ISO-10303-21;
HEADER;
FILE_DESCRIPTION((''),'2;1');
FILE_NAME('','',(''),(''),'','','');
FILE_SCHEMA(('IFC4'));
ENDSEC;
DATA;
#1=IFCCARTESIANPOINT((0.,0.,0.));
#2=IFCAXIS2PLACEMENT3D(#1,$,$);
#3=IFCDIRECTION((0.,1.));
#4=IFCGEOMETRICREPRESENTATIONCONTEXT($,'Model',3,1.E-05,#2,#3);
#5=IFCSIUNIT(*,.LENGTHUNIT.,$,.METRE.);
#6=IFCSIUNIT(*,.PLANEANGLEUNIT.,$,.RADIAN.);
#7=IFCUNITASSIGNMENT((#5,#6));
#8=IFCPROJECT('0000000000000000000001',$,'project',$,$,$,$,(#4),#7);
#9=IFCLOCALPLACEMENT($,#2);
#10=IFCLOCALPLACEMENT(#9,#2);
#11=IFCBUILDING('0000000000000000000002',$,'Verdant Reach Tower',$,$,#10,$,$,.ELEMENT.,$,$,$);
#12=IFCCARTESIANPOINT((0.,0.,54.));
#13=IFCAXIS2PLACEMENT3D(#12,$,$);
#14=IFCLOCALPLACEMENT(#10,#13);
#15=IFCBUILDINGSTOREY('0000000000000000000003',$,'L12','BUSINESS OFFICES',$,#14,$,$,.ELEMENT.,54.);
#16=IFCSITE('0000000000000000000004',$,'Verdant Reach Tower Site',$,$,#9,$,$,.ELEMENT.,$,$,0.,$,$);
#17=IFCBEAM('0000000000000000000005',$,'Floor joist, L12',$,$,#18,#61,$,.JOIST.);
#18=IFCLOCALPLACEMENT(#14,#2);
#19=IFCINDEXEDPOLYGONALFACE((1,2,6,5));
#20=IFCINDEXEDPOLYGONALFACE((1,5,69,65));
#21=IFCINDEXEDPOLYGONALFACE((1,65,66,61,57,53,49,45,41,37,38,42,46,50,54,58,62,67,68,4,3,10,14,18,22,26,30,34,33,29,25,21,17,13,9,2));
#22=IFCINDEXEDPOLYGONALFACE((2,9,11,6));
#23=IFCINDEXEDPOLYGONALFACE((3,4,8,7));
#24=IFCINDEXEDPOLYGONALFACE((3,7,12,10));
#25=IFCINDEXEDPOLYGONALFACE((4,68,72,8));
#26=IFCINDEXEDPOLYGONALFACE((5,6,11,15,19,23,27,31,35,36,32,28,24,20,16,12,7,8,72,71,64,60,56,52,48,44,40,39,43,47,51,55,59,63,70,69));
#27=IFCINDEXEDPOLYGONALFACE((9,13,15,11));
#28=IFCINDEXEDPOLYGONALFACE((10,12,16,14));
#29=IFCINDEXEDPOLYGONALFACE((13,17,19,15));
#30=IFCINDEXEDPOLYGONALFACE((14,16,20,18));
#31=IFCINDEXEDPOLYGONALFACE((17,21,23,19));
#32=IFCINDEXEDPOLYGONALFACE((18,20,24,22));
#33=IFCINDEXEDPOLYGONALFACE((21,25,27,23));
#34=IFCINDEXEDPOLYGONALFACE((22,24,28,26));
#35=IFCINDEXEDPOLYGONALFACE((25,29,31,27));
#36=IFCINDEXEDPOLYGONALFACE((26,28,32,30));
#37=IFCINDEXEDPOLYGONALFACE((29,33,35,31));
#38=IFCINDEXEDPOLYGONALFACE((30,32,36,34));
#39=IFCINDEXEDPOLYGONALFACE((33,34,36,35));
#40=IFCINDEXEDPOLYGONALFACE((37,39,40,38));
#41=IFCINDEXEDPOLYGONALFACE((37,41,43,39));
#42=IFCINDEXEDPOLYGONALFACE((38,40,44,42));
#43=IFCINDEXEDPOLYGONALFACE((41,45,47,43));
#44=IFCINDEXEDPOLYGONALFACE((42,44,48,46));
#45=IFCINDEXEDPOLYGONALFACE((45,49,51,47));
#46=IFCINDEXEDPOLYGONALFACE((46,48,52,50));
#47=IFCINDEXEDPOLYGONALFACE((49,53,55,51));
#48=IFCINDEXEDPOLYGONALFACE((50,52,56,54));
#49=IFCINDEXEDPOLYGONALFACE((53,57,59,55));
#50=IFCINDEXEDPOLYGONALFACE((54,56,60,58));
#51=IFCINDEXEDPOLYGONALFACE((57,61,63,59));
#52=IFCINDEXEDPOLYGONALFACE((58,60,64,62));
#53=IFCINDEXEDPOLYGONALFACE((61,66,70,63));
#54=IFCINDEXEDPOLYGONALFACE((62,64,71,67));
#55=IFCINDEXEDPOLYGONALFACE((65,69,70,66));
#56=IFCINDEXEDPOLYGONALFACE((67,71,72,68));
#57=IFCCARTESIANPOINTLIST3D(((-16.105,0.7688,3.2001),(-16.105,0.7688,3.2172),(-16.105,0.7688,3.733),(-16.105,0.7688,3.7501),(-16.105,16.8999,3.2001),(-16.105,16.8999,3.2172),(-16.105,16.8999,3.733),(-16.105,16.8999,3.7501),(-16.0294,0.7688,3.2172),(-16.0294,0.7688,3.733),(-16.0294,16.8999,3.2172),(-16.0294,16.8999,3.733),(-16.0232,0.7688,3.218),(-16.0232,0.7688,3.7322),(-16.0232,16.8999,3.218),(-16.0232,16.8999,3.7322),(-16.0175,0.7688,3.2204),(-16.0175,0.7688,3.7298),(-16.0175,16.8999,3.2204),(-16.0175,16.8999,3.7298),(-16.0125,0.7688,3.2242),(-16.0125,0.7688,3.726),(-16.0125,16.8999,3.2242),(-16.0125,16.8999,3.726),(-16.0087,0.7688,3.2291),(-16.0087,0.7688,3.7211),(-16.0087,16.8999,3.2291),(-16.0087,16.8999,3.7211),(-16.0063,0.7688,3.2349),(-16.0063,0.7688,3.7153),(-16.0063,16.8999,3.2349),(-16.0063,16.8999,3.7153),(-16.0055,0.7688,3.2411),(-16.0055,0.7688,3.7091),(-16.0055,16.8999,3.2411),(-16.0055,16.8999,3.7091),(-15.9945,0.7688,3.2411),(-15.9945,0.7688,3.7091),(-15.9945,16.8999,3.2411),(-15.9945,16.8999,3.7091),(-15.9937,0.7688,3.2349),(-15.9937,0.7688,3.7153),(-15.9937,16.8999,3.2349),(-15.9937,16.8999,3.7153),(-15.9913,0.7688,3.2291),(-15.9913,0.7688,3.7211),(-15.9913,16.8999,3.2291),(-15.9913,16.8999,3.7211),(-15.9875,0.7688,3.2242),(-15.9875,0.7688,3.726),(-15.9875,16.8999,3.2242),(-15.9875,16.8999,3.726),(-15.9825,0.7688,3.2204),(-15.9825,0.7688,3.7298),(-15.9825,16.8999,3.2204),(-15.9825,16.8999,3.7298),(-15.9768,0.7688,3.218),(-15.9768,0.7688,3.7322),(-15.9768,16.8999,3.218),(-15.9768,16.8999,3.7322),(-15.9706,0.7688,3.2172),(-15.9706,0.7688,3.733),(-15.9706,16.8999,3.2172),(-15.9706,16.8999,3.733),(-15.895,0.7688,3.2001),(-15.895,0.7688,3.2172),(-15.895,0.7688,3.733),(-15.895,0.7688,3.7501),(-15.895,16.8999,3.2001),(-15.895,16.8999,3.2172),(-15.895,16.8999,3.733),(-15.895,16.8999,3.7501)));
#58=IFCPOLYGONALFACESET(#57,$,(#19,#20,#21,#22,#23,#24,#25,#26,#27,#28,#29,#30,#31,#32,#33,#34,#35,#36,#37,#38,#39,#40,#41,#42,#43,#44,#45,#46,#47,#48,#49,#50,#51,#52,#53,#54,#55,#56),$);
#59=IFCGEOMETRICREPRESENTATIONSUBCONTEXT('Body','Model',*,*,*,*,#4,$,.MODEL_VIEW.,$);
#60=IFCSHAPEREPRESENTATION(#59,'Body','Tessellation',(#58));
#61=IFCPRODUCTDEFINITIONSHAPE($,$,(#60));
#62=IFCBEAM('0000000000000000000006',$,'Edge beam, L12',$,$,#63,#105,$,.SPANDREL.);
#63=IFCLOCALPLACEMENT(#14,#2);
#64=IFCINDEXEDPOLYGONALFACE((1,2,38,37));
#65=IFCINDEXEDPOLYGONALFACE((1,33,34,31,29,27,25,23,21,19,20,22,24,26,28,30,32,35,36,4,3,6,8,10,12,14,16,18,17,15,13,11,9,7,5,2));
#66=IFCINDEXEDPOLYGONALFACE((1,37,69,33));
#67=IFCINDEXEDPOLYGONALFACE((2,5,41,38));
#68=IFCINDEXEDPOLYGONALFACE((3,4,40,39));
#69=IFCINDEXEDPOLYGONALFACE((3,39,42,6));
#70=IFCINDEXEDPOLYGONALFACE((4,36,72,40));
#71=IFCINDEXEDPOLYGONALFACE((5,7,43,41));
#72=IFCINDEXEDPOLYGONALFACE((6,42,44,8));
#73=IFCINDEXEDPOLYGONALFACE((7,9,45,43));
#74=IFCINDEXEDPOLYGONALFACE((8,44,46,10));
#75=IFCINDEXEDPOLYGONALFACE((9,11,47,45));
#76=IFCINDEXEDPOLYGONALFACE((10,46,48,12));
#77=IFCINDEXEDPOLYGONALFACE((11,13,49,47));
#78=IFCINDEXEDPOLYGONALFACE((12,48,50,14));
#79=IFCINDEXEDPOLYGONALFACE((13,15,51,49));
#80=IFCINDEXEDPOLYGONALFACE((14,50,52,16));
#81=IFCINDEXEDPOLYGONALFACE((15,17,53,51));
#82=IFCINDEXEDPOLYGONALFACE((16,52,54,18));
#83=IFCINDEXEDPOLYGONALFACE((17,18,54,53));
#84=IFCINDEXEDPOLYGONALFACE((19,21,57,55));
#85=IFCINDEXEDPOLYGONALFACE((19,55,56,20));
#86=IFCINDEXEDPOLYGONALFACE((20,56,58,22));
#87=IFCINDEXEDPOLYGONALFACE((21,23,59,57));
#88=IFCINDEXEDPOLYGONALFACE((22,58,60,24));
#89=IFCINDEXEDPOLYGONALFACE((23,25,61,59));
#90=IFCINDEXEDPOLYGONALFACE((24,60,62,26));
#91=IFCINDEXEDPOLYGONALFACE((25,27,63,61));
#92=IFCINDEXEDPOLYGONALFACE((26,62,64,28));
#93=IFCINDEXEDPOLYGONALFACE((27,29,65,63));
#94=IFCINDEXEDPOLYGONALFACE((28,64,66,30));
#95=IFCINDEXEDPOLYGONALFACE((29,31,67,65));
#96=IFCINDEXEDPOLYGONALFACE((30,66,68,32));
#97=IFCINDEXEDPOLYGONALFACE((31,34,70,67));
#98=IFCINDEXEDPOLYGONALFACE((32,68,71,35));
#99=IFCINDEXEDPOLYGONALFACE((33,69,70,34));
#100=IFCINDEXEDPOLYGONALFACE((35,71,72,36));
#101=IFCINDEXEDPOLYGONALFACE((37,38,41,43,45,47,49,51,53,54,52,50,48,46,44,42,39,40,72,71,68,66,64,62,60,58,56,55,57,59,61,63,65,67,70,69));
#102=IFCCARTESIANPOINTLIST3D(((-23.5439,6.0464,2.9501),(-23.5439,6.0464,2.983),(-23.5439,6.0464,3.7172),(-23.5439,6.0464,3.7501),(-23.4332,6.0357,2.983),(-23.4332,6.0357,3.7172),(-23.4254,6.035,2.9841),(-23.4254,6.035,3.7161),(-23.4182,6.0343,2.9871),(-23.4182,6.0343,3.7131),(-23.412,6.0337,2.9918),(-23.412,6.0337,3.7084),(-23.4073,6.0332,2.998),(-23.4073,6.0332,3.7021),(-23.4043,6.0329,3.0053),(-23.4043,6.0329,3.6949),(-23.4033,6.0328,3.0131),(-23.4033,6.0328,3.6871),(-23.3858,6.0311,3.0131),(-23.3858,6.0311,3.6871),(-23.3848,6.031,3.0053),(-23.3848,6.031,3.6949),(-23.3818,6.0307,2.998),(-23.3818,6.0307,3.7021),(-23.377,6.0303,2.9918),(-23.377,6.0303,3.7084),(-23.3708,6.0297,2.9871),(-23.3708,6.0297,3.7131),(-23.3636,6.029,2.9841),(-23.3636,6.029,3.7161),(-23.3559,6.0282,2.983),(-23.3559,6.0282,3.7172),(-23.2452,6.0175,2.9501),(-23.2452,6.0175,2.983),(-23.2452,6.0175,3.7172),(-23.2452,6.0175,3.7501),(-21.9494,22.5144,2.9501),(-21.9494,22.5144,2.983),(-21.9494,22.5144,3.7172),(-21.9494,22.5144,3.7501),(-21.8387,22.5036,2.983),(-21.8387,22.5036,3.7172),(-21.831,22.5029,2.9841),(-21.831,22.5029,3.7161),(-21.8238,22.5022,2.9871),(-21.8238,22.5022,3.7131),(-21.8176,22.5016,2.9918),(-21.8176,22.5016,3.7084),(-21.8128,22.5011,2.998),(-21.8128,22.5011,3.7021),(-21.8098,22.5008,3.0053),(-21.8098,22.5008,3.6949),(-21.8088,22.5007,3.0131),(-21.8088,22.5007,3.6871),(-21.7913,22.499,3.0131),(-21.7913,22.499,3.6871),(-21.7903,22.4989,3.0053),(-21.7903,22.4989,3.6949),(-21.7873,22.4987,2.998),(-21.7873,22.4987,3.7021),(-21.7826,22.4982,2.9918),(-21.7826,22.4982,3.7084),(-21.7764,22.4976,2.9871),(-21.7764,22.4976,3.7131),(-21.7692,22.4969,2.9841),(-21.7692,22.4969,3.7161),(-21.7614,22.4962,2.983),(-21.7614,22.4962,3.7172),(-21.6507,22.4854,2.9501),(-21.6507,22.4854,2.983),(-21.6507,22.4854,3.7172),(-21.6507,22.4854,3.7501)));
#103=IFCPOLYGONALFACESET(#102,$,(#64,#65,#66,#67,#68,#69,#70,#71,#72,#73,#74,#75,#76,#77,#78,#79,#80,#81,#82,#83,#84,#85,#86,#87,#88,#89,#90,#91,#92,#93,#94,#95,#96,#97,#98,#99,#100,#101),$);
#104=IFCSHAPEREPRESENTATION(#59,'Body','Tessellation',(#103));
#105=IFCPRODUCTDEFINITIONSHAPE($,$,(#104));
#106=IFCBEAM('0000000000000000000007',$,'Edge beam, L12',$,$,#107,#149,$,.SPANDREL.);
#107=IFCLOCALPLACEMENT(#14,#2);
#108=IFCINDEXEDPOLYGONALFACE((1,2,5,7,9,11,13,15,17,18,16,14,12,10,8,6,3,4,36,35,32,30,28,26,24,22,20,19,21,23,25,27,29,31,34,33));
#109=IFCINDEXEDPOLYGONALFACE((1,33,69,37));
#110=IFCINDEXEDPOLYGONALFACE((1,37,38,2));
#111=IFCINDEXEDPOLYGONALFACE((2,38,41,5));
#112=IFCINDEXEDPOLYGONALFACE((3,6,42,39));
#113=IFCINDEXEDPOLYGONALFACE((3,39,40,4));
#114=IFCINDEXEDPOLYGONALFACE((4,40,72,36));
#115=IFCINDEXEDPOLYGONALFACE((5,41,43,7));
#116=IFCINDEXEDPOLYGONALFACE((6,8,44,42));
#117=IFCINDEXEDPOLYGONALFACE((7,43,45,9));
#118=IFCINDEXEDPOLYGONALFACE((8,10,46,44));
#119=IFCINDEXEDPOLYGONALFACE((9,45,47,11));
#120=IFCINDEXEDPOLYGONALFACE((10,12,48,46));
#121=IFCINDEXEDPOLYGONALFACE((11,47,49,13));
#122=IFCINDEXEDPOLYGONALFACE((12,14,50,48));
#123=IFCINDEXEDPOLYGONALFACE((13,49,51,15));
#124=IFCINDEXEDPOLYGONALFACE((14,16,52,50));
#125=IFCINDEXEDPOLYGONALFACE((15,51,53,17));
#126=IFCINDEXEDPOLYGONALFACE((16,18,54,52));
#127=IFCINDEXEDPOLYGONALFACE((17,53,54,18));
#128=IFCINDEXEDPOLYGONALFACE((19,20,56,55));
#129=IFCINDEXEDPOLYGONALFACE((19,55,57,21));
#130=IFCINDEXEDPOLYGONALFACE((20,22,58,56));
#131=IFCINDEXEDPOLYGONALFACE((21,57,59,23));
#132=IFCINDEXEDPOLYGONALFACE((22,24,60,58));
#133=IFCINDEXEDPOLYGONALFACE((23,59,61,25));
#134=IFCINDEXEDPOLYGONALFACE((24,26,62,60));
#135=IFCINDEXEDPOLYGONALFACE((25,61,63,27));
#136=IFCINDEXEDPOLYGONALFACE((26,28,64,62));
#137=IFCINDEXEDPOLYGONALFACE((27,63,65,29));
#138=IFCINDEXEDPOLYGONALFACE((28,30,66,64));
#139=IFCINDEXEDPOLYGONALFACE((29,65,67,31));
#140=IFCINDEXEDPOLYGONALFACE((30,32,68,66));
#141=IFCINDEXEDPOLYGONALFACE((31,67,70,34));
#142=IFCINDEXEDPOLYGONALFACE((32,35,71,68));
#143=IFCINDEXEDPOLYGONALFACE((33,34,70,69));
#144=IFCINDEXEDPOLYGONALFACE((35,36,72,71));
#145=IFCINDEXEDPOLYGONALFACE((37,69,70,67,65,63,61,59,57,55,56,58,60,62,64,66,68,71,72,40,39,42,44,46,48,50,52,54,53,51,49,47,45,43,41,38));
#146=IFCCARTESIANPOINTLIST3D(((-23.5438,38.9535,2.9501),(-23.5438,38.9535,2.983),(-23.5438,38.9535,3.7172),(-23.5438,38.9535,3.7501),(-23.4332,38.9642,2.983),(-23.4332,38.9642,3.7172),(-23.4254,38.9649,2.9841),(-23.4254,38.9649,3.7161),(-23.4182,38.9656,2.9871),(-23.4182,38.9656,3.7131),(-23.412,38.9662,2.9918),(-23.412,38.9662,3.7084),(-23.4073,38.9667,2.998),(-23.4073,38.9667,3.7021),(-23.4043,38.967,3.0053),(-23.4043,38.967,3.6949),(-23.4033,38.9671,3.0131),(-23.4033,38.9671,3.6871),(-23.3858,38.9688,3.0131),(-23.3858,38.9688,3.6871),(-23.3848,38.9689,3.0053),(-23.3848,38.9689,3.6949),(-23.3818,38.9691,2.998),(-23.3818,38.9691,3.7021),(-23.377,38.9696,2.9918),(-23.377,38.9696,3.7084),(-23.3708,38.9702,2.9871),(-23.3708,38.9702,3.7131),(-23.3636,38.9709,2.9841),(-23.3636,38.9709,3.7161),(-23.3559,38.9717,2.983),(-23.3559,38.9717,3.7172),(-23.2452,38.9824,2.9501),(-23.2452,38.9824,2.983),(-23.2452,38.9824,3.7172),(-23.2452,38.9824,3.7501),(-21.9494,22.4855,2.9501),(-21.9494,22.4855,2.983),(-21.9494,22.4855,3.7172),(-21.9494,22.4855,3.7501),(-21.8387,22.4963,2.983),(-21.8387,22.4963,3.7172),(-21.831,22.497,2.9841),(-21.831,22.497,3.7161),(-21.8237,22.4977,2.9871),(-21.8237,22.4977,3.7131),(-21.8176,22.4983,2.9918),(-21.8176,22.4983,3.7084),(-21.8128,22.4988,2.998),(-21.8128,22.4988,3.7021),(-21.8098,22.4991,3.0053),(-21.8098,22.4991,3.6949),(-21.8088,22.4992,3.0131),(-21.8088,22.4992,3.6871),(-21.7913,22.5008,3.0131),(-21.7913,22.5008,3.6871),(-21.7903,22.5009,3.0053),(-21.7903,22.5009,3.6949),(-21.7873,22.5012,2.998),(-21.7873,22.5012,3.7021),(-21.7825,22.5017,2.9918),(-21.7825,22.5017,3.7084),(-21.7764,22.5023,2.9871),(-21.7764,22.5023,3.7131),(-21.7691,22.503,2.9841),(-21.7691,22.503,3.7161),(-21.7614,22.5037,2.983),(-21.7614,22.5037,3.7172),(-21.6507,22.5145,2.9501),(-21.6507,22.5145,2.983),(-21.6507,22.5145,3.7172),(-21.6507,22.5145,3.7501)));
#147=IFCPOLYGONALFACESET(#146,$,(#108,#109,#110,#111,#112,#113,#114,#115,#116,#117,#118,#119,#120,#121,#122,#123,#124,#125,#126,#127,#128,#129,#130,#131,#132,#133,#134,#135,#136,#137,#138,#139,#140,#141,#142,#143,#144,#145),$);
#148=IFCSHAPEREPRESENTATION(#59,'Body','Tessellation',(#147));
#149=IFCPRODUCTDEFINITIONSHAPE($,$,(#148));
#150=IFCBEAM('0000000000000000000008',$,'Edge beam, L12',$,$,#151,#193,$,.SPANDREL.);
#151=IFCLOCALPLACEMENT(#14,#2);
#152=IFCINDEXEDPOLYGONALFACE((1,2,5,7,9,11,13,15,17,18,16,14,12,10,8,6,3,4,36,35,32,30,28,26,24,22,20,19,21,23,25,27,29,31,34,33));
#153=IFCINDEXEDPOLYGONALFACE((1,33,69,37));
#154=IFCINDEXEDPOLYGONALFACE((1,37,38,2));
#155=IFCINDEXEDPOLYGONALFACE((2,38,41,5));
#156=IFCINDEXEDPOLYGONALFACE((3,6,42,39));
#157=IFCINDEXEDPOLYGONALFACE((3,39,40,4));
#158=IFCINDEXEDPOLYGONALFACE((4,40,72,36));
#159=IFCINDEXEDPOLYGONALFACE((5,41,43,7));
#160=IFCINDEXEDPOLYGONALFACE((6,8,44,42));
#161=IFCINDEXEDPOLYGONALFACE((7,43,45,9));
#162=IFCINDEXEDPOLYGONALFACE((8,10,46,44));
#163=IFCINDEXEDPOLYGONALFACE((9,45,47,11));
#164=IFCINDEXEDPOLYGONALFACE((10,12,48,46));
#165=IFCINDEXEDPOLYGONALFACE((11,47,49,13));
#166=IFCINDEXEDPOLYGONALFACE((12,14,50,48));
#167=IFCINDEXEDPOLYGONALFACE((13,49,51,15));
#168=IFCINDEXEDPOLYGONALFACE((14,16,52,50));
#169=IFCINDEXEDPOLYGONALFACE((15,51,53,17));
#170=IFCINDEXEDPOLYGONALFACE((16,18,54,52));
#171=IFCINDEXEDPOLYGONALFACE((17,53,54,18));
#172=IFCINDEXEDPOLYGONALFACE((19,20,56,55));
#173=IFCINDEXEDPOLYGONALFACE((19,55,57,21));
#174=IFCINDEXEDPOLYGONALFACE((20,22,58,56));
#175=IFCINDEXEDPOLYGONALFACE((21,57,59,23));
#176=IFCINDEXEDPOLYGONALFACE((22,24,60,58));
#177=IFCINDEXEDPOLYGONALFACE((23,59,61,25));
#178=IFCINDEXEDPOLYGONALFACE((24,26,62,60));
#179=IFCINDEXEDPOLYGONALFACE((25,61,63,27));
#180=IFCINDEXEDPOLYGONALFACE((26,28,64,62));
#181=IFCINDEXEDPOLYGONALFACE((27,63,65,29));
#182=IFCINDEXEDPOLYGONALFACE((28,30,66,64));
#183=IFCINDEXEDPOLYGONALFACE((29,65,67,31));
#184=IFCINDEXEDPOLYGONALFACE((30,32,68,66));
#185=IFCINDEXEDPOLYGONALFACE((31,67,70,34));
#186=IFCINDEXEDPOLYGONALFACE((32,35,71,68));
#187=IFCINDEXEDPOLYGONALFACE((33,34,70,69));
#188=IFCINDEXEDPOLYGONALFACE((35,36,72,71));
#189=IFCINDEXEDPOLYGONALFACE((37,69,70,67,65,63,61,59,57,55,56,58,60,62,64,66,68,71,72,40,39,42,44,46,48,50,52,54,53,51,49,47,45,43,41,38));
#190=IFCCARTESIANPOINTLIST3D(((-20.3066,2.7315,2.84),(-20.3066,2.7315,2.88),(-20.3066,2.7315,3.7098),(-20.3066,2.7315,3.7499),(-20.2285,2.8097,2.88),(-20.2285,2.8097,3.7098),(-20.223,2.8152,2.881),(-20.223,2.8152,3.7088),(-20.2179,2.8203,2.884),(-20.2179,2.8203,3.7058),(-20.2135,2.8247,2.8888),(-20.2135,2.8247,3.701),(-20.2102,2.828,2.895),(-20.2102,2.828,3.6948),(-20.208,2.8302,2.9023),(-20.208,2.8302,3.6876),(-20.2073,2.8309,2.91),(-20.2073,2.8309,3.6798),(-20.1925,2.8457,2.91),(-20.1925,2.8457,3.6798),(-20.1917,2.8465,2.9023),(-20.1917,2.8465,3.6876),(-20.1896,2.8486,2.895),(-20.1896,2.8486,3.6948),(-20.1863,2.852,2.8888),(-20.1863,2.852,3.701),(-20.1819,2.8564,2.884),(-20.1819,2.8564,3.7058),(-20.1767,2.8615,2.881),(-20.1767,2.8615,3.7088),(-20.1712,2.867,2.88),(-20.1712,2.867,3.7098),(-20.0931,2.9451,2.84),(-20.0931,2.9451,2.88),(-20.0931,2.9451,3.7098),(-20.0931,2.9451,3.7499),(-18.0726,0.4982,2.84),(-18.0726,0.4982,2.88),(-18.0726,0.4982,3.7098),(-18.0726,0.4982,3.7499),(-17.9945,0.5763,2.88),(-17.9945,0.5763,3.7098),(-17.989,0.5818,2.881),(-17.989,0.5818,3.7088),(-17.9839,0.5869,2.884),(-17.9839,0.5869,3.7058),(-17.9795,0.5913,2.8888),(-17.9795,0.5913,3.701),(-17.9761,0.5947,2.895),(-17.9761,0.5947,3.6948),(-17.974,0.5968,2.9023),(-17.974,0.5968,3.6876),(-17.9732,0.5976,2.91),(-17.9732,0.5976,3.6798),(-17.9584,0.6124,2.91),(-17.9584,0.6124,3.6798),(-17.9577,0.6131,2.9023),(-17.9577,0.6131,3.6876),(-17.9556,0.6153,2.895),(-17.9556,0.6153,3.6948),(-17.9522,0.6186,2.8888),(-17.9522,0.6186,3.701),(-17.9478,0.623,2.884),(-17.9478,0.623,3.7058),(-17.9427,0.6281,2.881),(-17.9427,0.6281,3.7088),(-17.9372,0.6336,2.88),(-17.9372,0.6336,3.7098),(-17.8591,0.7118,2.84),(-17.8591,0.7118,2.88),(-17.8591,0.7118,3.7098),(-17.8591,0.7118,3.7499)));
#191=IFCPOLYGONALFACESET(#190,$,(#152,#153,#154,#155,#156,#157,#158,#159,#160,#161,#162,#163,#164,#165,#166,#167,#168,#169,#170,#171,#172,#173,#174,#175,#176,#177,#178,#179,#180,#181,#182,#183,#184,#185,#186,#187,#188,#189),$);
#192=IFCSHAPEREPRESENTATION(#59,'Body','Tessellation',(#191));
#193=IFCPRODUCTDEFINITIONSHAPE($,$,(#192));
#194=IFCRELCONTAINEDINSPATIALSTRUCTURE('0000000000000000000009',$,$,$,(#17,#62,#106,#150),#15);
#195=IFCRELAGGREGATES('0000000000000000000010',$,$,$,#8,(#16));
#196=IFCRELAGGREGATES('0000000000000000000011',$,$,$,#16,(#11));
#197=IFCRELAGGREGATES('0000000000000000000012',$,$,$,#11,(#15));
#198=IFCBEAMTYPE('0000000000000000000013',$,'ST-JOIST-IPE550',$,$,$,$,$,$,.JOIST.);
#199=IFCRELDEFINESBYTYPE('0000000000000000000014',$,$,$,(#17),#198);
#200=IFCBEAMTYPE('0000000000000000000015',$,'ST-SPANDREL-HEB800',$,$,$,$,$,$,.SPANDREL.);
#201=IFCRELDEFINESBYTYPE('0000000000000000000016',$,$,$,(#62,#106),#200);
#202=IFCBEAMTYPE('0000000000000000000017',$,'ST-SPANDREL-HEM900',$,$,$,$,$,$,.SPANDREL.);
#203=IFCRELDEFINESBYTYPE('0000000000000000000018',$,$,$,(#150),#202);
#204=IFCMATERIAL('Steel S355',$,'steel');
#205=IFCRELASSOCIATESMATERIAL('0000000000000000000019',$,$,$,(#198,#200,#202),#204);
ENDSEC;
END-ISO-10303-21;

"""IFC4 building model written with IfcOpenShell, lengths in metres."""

from ifc_helpers import new_model, si_unit, direction, frame, origin, origin_2d, place, context, subcontext, project, spatial, i_section, extrude, material, material_profile, profile_set, type_object, element, save


model = new_model("IFC4")

# Units and contexts
model_context = context("Model", 3, precision=1e-05, world=origin(), true_north=direction((0.0, 1.0)))
body_context = subcontext(model_context, "Body", "Model", "MODEL_VIEW")
ifc_project = project(units=[si_unit("LENGTHUNIT", "METRE"), si_unit("PLANEANGLEUNIT", "RADIAN")], contexts=[model_context])

# Site, building, storey
site_placement = place(None, origin())
site = spatial("IfcSite", under=ifc_project, at=site_placement, Name="Verdant Reach Tower Site", CompositionType="ELEMENT", RefElevation=0.0)
building_placement = place(site_placement, origin())
building = spatial("IfcBuilding", under=site, at=building_placement, Name="Verdant Reach Tower", CompositionType="ELEMENT")
storey_placement = place(building_placement, frame((0.0, 0.0, 54.0)))
storey = spatial("IfcBuildingStorey", under=building, at=storey_placement, Name="L12", Description="BUSINESS OFFICES", CompositionType="ELEMENT", Elevation=54.0)

# Beams
ifc_material_1 = material(Name="Steel S355", Category="steel")
ifc_material_profile_1 = material_profile(ifc_material_1, i_section(OverallWidth=0.21, OverallDepth=0.55, WebThickness=0.011, FlangeThickness=0.0171, FilletRadius=0.0239, at=origin_2d()), Name="IPE 550")
ifc_profile_set_1 = profile_set([ifc_material_profile_1], Name="Steel S355")
beam_type_1 = type_object("IfcBeamType", Name="ST-JOIST-IPE550", PredefinedType="JOIST", material=ifc_profile_set_1)
beam_1_placement = place(storey_placement, frame((-16.0, 16.8999, 3.4751), z_axis=(0.0, -1.0, 0.0), x_axis=(1.0, 0.0, 0.0)))
element("IfcBeam", 1, at=beam_1_placement, inside=storey, type_object=beam_type_1, Name="Floor joist, L12", PredefinedType="JOIST", context=body_context, shape_type="SweptSolid", body=[
    extrude(i_section(OverallWidth=0.21, OverallDepth=0.55, WebThickness=0.011, FlangeThickness=0.0171, FilletRadius=0.0239, at=origin_2d()), origin(), (0.0, 0.0, 1.0), 16.1311),
])
ifc_material_profile_2 = material_profile(ifc_material_1, i_section(OverallWidth=0.3, OverallDepth=0.8, WebThickness=0.0176, FlangeThickness=0.033, FilletRadius=0.03, at=origin_2d()), Name="HEB 800")
ifc_profile_set_2 = profile_set([ifc_material_profile_2], Name="Steel S355")
beam_type_2 = type_object("IfcBeamType", Name="ST-SPANDREL-HEB800", PredefinedType="SPANDREL", material=ifc_profile_set_2)
for number, where, z_axis, x_axis, name in (
    (2, (-23.3945, 6.032, 3.3501), (0.096372, 0.995345, 0.0), (-0.995345, 0.096372, 0.0), "Edge beam, L12"),
    (3, (-21.8, 22.5, 3.3501), (-0.096372, 0.995345, 0.0), (-0.995345, -0.096372, 0.0), "Edge beam, L12"),
):
    element("IfcBeam", number, at=place(storey_placement, frame(where, z_axis=z_axis, x_axis=x_axis)), inside=storey, type_object=beam_type_2, Name=name, PredefinedType="SPANDREL", context=body_context, shape_type="SweptSolid", body=[
        extrude(i_section(OverallWidth=0.3, OverallDepth=0.8, WebThickness=0.0176, FlangeThickness=0.033, FilletRadius=0.03, at=origin_2d()), origin(), (0.0, 0.0, 1.0), 16.5449),
    ])
ifc_material_profile_3 = material_profile(ifc_material_1, i_section(OverallWidth=0.302, OverallDepth=0.9099, WebThickness=0.021, FlangeThickness=0.04, FilletRadius=0.03, at=origin_2d()), Name="HEM 900")
ifc_profile_set_3 = profile_set([ifc_material_profile_3], Name="Steel S355")
beam_type_3 = type_object("IfcBeamType", Name="ST-SPANDREL-HEM900", PredefinedType="SPANDREL", material=ifc_profile_set_3)
beam_2_placement = place(storey_placement, frame((-17.9658, 0.605, 3.2949), z_axis=(-0.707223, 0.706991, 0.0), x_axis=(-0.706991, -0.707223, 0.0)))
element("IfcBeam", 4, at=beam_2_placement, inside=storey, type_object=beam_type_3, Name="Edge beam, L12", PredefinedType="SPANDREL", context=body_context, shape_type="SweptSolid", body=[
    extrude(i_section(OverallWidth=0.302, OverallDepth=0.9099, WebThickness=0.021, FlangeThickness=0.04, FilletRadius=0.03, at=origin_2d()), origin(), (0.0, 0.0, 1.0), 3.1589),
])

save(model, "model.ifc")
